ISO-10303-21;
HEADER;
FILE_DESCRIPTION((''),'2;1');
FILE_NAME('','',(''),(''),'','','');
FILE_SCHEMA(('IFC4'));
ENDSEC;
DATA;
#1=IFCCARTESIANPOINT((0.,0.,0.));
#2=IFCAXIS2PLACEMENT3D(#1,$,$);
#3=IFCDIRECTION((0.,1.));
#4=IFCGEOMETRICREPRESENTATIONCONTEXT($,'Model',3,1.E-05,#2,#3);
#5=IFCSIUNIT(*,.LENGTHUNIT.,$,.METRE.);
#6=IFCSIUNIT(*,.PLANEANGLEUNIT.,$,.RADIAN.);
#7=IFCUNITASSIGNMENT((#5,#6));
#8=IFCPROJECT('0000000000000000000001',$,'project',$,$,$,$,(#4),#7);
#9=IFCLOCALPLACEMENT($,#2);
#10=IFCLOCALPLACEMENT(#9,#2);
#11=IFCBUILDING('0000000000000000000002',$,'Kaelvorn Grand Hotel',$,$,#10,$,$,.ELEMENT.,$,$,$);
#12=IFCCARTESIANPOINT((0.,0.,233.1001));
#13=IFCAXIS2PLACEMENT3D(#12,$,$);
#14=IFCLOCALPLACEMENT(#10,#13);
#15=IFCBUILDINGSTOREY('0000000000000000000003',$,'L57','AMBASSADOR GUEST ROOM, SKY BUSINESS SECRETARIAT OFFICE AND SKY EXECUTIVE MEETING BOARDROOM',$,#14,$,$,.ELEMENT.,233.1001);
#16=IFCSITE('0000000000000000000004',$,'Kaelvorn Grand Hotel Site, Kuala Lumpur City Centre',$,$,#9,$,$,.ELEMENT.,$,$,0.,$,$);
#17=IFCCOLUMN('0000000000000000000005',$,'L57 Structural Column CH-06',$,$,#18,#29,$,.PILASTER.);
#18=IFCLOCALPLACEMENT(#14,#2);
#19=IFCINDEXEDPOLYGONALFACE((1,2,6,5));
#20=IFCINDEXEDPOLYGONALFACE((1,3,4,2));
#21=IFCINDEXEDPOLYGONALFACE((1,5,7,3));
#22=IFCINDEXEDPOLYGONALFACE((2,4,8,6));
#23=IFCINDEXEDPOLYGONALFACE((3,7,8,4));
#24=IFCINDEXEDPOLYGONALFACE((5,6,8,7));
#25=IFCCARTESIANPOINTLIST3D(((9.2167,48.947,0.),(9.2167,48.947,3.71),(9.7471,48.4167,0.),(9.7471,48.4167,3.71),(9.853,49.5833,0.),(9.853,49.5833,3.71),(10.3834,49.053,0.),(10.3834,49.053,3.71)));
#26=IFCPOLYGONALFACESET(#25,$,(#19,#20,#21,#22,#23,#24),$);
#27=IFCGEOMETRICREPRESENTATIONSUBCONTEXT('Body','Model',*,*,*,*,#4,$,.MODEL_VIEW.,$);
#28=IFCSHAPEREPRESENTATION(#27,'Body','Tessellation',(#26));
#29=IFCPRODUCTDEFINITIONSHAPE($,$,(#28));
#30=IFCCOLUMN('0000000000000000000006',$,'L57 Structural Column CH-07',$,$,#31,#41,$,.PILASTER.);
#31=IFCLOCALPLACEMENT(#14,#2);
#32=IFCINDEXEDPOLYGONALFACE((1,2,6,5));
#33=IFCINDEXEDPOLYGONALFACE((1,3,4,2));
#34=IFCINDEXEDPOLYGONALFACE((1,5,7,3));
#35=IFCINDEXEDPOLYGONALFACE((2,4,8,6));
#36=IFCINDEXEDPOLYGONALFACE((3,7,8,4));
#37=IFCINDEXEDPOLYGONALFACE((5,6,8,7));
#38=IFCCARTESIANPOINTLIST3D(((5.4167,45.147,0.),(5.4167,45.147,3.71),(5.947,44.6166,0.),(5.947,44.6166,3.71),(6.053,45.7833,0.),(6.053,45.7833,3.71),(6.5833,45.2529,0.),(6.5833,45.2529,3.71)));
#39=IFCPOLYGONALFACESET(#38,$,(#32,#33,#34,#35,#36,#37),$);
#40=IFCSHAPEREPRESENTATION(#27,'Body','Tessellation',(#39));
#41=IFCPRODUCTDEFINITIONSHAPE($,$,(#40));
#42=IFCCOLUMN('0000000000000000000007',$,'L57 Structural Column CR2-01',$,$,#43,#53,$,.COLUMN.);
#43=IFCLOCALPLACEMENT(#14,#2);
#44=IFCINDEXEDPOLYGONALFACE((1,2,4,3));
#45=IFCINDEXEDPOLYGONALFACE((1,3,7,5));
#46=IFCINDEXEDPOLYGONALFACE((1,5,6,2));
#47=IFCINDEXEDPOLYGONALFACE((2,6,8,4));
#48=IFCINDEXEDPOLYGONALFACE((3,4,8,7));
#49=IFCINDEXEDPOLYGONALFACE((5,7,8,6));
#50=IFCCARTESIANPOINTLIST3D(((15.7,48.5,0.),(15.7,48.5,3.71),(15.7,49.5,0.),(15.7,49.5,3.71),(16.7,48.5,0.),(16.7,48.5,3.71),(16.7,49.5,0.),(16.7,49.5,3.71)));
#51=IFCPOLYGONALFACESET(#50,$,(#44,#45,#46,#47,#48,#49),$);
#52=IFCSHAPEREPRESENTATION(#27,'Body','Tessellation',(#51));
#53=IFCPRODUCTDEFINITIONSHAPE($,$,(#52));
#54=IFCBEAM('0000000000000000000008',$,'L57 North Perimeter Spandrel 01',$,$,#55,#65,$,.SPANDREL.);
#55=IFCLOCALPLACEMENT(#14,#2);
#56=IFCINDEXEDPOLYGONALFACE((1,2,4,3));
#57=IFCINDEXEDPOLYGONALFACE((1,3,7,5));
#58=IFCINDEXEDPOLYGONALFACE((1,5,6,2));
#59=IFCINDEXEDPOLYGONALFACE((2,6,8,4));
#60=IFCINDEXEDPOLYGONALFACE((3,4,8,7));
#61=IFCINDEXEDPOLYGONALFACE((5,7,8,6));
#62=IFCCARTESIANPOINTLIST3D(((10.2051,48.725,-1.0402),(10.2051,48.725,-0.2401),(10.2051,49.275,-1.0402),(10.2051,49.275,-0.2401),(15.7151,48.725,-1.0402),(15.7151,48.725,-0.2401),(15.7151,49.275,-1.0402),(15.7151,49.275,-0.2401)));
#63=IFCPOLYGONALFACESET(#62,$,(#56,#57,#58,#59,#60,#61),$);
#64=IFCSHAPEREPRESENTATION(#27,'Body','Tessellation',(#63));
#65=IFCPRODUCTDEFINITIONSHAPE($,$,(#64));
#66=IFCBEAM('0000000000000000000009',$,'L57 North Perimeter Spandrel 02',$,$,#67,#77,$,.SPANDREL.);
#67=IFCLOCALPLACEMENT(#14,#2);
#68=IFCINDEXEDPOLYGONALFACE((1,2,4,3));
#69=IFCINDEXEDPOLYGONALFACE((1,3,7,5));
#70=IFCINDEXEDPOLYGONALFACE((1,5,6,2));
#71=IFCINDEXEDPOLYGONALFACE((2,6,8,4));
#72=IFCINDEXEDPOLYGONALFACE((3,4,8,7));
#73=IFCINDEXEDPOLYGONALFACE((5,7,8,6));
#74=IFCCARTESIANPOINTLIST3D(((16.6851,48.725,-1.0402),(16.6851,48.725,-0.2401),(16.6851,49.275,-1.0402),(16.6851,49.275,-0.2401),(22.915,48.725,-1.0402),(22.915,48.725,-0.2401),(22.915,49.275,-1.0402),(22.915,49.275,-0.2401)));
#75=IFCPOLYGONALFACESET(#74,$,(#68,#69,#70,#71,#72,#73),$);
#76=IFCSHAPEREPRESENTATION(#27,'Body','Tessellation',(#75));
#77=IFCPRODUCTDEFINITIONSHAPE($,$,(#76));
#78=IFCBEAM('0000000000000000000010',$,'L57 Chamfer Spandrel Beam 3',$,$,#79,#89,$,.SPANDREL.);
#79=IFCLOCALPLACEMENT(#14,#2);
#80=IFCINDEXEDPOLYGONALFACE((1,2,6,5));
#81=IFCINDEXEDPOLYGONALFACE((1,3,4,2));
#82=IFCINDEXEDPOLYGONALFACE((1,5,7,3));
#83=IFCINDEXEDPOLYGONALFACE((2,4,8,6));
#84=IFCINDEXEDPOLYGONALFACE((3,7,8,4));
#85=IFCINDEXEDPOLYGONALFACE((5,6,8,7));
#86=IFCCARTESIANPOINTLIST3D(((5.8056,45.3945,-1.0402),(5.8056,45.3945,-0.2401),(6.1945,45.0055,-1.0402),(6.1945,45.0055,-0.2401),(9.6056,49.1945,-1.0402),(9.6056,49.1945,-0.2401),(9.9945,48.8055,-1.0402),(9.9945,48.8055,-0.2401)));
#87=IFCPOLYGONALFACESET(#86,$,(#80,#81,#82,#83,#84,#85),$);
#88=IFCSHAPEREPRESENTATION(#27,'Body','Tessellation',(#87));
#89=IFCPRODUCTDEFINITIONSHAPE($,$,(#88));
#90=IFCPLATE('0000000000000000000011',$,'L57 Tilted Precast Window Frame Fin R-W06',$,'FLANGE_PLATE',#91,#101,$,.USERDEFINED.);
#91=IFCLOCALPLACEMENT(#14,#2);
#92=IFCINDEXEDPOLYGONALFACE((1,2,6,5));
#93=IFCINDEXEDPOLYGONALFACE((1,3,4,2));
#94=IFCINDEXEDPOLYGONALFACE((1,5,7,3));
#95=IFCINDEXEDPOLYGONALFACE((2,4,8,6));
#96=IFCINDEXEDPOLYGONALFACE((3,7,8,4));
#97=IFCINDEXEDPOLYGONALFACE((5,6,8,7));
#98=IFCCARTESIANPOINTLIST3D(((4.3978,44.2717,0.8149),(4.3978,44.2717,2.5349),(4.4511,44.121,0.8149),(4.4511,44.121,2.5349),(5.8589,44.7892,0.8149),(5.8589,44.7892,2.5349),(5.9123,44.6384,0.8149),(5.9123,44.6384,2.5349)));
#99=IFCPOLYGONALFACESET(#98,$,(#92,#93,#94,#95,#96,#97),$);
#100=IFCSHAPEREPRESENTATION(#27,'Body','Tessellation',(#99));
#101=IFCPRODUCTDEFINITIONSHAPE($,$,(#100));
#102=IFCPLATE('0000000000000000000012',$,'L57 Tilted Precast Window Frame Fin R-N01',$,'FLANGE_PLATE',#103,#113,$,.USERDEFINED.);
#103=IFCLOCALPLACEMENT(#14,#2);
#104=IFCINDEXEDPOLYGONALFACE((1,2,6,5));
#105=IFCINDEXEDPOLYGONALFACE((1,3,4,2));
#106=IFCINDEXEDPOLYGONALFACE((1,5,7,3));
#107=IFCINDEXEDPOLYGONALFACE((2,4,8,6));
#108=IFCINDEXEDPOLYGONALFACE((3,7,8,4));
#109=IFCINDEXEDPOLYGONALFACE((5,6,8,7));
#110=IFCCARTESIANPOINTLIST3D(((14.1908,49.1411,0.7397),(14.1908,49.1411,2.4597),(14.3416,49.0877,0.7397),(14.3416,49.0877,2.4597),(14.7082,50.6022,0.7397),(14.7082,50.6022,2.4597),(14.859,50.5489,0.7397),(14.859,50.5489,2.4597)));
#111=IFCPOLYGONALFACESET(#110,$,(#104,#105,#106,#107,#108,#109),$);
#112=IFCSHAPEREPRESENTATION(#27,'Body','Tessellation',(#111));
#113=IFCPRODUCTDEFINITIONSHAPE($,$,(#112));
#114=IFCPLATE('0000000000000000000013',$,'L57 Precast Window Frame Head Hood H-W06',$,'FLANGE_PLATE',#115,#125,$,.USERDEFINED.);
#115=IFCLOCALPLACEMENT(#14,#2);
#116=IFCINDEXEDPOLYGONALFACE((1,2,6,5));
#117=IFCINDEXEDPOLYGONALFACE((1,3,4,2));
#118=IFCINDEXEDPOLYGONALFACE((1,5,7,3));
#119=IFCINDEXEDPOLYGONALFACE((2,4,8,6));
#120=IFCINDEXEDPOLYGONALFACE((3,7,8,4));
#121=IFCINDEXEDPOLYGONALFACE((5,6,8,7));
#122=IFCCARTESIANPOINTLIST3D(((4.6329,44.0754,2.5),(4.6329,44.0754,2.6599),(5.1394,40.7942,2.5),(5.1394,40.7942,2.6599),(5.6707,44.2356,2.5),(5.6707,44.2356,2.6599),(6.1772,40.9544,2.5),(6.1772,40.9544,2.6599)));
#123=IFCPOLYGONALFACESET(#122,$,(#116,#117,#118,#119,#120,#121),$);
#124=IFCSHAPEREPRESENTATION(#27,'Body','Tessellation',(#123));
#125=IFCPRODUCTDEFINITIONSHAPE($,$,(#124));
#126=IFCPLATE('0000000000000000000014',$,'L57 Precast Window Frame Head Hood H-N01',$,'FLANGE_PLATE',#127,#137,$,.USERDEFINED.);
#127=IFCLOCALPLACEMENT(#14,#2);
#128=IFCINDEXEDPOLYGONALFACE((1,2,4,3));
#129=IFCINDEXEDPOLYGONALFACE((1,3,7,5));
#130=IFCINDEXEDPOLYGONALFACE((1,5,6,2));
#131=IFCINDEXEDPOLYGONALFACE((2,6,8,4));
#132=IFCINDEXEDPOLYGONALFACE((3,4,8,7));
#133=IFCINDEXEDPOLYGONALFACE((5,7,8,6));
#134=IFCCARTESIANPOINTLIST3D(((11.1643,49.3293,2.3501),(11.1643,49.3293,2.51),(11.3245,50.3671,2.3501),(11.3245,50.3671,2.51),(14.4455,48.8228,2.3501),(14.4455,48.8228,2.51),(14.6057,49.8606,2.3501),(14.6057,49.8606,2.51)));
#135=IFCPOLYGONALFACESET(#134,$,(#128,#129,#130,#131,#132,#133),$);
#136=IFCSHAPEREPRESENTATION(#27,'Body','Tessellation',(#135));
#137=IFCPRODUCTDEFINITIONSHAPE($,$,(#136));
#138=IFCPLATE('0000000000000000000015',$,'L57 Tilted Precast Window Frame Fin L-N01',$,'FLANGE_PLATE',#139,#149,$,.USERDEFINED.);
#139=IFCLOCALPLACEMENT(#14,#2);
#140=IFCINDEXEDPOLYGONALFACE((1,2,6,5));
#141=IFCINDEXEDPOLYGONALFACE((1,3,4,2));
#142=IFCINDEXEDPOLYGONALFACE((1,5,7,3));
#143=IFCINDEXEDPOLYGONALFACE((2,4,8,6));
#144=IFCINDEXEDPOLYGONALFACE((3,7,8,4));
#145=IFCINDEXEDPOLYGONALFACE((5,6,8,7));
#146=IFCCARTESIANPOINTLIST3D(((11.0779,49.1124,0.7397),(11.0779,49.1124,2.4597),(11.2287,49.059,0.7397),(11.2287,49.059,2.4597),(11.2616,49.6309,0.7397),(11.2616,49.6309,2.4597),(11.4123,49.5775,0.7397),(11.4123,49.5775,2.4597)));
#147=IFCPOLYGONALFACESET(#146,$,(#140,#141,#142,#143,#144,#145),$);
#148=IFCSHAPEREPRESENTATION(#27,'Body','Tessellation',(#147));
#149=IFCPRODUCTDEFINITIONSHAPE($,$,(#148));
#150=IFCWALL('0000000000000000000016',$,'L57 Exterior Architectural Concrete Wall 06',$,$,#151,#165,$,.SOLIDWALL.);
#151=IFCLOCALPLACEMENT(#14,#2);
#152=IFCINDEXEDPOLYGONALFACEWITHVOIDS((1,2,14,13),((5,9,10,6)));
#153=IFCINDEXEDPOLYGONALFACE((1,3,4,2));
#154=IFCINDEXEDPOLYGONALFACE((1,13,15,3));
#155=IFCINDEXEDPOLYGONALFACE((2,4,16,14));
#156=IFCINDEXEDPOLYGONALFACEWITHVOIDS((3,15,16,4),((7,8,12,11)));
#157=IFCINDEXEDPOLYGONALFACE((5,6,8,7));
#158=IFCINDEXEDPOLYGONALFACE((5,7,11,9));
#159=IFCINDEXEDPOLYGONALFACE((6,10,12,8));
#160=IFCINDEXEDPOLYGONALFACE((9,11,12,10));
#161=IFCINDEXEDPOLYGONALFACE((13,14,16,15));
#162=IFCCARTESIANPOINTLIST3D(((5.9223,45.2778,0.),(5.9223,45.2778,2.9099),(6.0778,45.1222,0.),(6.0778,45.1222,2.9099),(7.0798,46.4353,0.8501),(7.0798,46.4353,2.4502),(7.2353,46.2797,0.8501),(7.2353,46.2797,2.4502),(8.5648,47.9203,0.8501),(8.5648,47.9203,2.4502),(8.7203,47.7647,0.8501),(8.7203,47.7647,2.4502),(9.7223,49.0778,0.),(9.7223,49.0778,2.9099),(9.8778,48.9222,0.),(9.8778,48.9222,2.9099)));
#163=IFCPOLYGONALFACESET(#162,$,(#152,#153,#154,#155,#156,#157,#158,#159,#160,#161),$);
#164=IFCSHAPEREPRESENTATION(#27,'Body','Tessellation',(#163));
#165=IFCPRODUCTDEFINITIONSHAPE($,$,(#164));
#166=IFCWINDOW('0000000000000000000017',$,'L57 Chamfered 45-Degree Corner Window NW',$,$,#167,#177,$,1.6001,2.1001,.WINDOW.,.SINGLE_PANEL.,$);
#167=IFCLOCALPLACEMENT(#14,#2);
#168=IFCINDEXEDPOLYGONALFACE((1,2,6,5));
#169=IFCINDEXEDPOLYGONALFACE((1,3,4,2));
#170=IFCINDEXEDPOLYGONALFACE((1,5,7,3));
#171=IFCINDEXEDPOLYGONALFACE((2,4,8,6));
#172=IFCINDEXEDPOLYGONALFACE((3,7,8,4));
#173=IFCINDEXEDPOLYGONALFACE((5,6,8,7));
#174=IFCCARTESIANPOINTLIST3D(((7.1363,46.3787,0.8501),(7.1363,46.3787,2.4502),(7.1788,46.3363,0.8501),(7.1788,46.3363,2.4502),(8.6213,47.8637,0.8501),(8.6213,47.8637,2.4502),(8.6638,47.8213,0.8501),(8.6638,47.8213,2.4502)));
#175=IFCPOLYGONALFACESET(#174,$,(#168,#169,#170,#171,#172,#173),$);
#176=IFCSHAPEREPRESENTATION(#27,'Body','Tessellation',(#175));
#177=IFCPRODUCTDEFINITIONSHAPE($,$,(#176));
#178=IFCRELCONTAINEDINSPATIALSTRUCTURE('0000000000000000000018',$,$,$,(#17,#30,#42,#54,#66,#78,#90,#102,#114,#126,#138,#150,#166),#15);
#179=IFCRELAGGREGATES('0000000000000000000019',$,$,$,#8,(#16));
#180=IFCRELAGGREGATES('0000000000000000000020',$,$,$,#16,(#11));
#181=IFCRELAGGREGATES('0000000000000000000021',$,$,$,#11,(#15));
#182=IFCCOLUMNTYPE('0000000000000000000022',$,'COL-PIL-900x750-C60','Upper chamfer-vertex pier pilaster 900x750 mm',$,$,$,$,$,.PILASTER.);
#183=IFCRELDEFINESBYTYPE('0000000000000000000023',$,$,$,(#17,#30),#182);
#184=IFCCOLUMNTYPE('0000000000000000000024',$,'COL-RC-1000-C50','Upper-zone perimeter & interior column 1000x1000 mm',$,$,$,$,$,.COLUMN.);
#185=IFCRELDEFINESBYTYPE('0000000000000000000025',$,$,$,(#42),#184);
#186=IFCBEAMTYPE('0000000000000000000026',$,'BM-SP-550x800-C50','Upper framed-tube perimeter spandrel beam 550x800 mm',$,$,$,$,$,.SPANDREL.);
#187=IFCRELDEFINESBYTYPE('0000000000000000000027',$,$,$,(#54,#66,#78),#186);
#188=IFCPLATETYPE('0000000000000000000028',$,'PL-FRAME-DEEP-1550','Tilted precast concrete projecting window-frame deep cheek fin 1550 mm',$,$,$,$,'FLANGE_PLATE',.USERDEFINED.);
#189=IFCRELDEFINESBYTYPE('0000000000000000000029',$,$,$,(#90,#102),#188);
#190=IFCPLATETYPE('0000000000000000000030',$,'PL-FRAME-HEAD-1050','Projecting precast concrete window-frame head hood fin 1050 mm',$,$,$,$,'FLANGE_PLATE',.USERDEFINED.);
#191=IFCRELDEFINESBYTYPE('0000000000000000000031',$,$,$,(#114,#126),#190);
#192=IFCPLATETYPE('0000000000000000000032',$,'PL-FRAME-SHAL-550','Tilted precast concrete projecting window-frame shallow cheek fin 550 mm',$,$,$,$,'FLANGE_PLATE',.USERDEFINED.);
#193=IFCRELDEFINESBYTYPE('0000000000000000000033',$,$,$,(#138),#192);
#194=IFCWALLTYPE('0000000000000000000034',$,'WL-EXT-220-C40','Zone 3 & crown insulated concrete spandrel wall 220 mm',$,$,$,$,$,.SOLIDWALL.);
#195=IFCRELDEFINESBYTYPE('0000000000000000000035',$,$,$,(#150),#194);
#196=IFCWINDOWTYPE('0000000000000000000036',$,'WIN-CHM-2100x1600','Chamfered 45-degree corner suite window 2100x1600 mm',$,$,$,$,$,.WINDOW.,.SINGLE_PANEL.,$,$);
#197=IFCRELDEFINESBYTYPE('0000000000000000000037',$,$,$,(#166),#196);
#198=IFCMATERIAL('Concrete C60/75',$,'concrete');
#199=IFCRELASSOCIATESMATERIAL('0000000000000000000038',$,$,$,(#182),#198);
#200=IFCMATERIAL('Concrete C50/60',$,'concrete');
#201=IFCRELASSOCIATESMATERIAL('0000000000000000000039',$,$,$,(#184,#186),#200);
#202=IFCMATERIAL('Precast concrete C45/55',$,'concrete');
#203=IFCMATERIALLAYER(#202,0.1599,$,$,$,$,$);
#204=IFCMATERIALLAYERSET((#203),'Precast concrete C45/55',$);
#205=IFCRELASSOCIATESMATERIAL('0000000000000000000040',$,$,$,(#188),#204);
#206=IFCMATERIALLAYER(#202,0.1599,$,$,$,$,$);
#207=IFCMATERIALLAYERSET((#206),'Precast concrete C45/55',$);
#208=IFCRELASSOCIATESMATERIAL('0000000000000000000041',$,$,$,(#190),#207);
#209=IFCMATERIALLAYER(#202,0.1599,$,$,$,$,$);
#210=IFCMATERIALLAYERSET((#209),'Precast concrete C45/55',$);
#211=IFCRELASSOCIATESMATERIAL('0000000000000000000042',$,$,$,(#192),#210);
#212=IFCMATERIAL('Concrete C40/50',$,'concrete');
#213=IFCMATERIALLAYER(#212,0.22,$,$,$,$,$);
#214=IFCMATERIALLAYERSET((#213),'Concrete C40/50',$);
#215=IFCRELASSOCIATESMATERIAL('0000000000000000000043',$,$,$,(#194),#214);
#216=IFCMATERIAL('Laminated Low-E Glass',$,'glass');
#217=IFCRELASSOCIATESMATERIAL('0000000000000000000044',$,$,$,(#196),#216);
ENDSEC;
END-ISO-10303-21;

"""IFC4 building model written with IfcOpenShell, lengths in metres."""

from ifc_helpers import new_model, si_unit, direction, frame, frame_2d, origin, origin_2d, place, context, subcontext, project, spatial, rectangle, extrude, material, layer, layer_set, material_profile, profile_set, type_object, element, fill, save


model = new_model("IFC4")

# Units and contexts
model_context = context("Model", 3, precision=1e-05, world=origin(), true_north=direction((0.0, 1.0)))
body_context = subcontext(model_context, "Body", "Model", "MODEL_VIEW")
ifc_project = project(units=[si_unit("LENGTHUNIT", "METRE"), si_unit("PLANEANGLEUNIT", "RADIAN")], contexts=[model_context])

# Site, building, storey
site_placement = place(None, origin())
site = spatial("IfcSite", under=ifc_project, at=site_placement, Name="Kaelvorn Grand Hotel Site, Kuala Lumpur City Centre", CompositionType="ELEMENT", RefElevation=0.0)
building_placement = place(site_placement, origin())
building = spatial("IfcBuilding", under=site, at=building_placement, Name="Kaelvorn Grand Hotel", CompositionType="ELEMENT")
storey_placement = place(building_placement, frame((0.0, 0.0, 233.1001)))
storey = spatial("IfcBuildingStorey", under=building, at=storey_placement, Name="L57", Description="AMBASSADOR GUEST ROOM, SKY BUSINESS SECRETARIAT OFFICE AND SKY EXECUTIVE MEETING BOARDROOM", CompositionType="ELEMENT", Elevation=233.1001)

# Columns
ifc_material_1 = material(Name="Concrete C60/75", Category="concrete")
ifc_material_profile_1 = material_profile(ifc_material_1, rectangle(XDim=0.8999, YDim=0.75, at=origin_2d()), Name="RC PILASTER 900x750")
ifc_profile_set_1 = profile_set([ifc_material_profile_1], Name="Concrete C60/75")
column_type_1 = type_object("IfcColumnType", Name="COL-PIL-900x750-C60", Description="Upper chamfer-vertex pier pilaster 900x750 mm", PredefinedType="PILASTER", material=ifc_profile_set_1)
for number, where, z_axis, x_axis, name in (
    (1, (9.8, 49.0, 0.0), (0.0, 0.0, 1.0), (0.707107, 0.707107, 0.0), "L57 Structural Column CH-06"),
    (2, (6.0, 45.2, 0.0), (0.0, 0.0, 1.0), (0.707107, 0.707107, 0.0), "L57 Structural Column CH-07"),
):
    element("IfcColumn", number, at=place(storey_placement, frame(where, z_axis=z_axis, x_axis=x_axis)), inside=storey, type_object=column_type_1, Name=name, PredefinedType="PILASTER", context=body_context, shape_type="SweptSolid", body=[
        extrude(rectangle(XDim=0.8999, YDim=0.75, at=origin_2d()), origin(), (0.0, 0.0, 1.0), 3.71),
    ])
ifc_material_2 = material(Name="Concrete C50/60", Category="concrete")
ifc_material_profile_2 = material_profile(ifc_material_2, rectangle(XDim=1.0, YDim=1.0, at=origin_2d()), Name="RC COL 1000x1000")
ifc_profile_set_2 = profile_set([ifc_material_profile_2], Name="Concrete C50/60")
column_type_2 = type_object("IfcColumnType", Name="COL-RC-1000-C50", Description="Upper-zone perimeter & interior column 1000x1000 mm", PredefinedType="COLUMN", material=ifc_profile_set_2)
column_placement = place(storey_placement, frame((16.2, 49.0, 0.0), z_axis=(0.0, 0.0, 1.0), x_axis=(1.0, 0.0, 0.0)))
element("IfcColumn", 3, at=column_placement, inside=storey, type_object=column_type_2, Name="L57 Structural Column CR2-01", PredefinedType="COLUMN", context=body_context, shape_type="SweptSolid", body=[
    extrude(rectangle(XDim=1.0, YDim=1.0, at=origin_2d()), origin(), (0.0, 0.0, 1.0), 3.71),
])

# Beams
ifc_material_profile_3 = material_profile(ifc_material_2, rectangle(XDim=0.55, YDim=0.8, at=origin_2d()), Name="RC SPANDREL 550x800")
ifc_profile_set_3 = profile_set([ifc_material_profile_3], Name="Concrete C50/60")
beam_type = type_object("IfcBeamType", Name="BM-SP-550x800-C50", Description="Upper framed-tube perimeter spandrel beam 550x800 mm", PredefinedType="SPANDREL", material=ifc_profile_set_3)
beam_1_placement = place(storey_placement, frame((10.2051, 49.0, -0.6401), z_axis=(1.0, 0.0, 0.0), x_axis=(0.0, 1.0, 0.0)))
element("IfcBeam", 4, at=beam_1_placement, inside=storey, type_object=beam_type, Name="L57 North Perimeter Spandrel 01", PredefinedType="SPANDREL", context=body_context, shape_type="SweptSolid", body=[
    extrude(rectangle(XDim=0.55, YDim=0.8, at=origin_2d()), origin(), (0.0, 0.0, 1.0), 5.51),
])
beam_2_placement = place(storey_placement, frame((16.6851, 49.0, -0.6401), z_axis=(1.0, 0.0, 0.0), x_axis=(0.0, 1.0, 0.0)))
element("IfcBeam", 5, at=beam_2_placement, inside=storey, type_object=beam_type, Name="L57 North Perimeter Spandrel 02", PredefinedType="SPANDREL", context=body_context, shape_type="SweptSolid", body=[
    extrude(rectangle(XDim=0.55, YDim=0.8, at=origin_2d()), origin(), (0.0, 0.0, 1.0), 6.23),
])
beam_3_placement = place(storey_placement, frame((9.8, 49.0, -0.6401), z_axis=(-0.707107, -0.707107, 0.0), x_axis=(0.707107, -0.707107, 0.0)))
element("IfcBeam", 6, at=beam_3_placement, inside=storey, type_object=beam_type, Name="L57 Chamfer Spandrel Beam 3", PredefinedType="SPANDREL", context=body_context, shape_type="SweptSolid", body=[
    extrude(rectangle(XDim=0.55, YDim=0.8, at=origin_2d()), origin(), (0.0, 0.0, 1.0), 5.374),
])

# Plates
ifc_material_3 = material(Name="Precast concrete C45/55", Category="concrete")
ifc_layer_1 = layer(ifc_material_3, 0.1599)
ifc_layer_set_1 = layer_set([ifc_layer_1], Name="Precast concrete C45/55")
plate_type_1 = type_object("IfcPlateType", Name="PL-FRAME-DEEP-1550", Description="Tilted precast concrete projecting window-frame deep cheek fin 1550 mm", ElementType="FLANGE_PLATE", PredefinedType="USERDEFINED", material=ifc_layer_set_1)
for number, where, z_axis, x_axis, name in (
    (7, (5.155, 44.4551, 0.8149), (0.0, 0.0, 1.0), (-0.333807, 0.942641, 0.0), "L57 Tilted Precast Window Frame Fin R-W06"),
    (8, (14.5249, 49.845, 0.7397), (0.0, 0.0, 1.0), (0.942641, -0.333807, 0.0), "L57 Tilted Precast Window Frame Fin R-N01"),
):
    element("IfcPlate", number, at=place(storey_placement, frame(where, z_axis=z_axis, x_axis=x_axis)), inside=storey, type_object=plate_type_1, Name=name, ObjectType="FLANGE_PLATE", PredefinedType="USERDEFINED", context=body_context, shape_type="SweptSolid", body=[
        extrude(rectangle(XDim=0.1599, YDim=1.55, at=origin_2d()), origin(), (0.0, 0.0, 1.0), 1.72),
    ])
ifc_layer_2 = layer(ifc_material_3, 0.1599)
ifc_layer_set_2 = layer_set([ifc_layer_2], Name="Precast concrete C45/55")
plate_type_2 = type_object("IfcPlateType", Name="PL-FRAME-HEAD-1050", Description="Projecting precast concrete window-frame head hood fin 1050 mm", ElementType="FLANGE_PLATE", PredefinedType="USERDEFINED", material=ifc_layer_set_2)
for number, where, z_axis, x_axis, name in (
    (9, (5.405, 42.5149, 2.5), (0.0, 0.0, 1.0), (-0.152555, 0.988295, 0.0), "L57 Precast Window Frame Head Hood H-W06"),
    (10, (12.885, 49.595, 2.3501), (0.0, 0.0, 1.0), (0.988295, -0.152555, 0.0), "L57 Precast Window Frame Head Hood H-N01"),
):
    element("IfcPlate", number, at=place(storey_placement, frame(where, z_axis=z_axis, x_axis=x_axis)), inside=storey, type_object=plate_type_2, Name=name, ObjectType="FLANGE_PLATE", PredefinedType="USERDEFINED", context=body_context, shape_type="SweptSolid", body=[
        extrude(rectangle(XDim=3.3201, YDim=1.05, at=origin_2d()), origin(), (0.0, 0.0, 1.0), 0.1599),
    ])
ifc_layer_3 = layer(ifc_material_3, 0.1599)
ifc_layer_set_3 = layer_set([ifc_layer_3], Name="Precast concrete C45/55")
plate_type_3 = type_object("IfcPlateType", Name="PL-FRAME-SHAL-550", Description="Tilted precast concrete projecting window-frame shallow cheek fin 550 mm", ElementType="FLANGE_PLATE", PredefinedType="USERDEFINED", material=ifc_layer_set_3)
plate_placement = place(storey_placement, frame((11.2451, 49.345, 0.7397), z_axis=(0.0, 0.0, 1.0), x_axis=(0.942641, -0.333807, 0.0)))
element("IfcPlate", 11, at=plate_placement, inside=storey, type_object=plate_type_3, Name="L57 Tilted Precast Window Frame Fin L-N01", ObjectType="FLANGE_PLATE", PredefinedType="USERDEFINED", context=body_context, shape_type="SweptSolid", body=[
    extrude(rectangle(XDim=0.1599, YDim=0.55, at=origin_2d()), origin(), (0.0, 0.0, 1.0), 1.72),
])

# Wall, opening, window
ifc_material_4 = material(Name="Concrete C40/50", Category="concrete")
ifc_layer_4 = layer(ifc_material_4, 0.22)
ifc_layer_set_4 = layer_set([ifc_layer_4], Name="Concrete C40/50")
wall_type_1 = type_object("IfcWallType", Name="WL-EXT-220-C40", Description="Zone 3 & crown insulated concrete spandrel wall 220 mm", PredefinedType="SOLIDWALL", material=ifc_layer_set_4)
wall_1_placement = place(storey_placement, frame((9.8, 49.0, 0.0), z_axis=(0.0, 0.0, 1.0), x_axis=(-0.707107, -0.707107, 0.0)))
wall_1 = element("IfcWall", 12, at=wall_1_placement, inside=storey, type_object=wall_type_1, Name="L57 Exterior Architectural Concrete Wall 06", PredefinedType="SOLIDWALL", context=body_context, shape_type="SweptSolid", body=[
    extrude(rectangle(XDim=5.374, YDim=0.22, at=frame_2d((2.687, 0.0))), origin(), (0.0, 0.0, 1.0), 2.9099),
])
opening_1_placement = place(wall_1_placement, frame((1.637, 0.0, 0.8501)))
opening_1 = element("IfcOpeningElement", 13, at=opening_1_placement, cuts=wall_1, PredefinedType="OPENING", context=body_context, shape_type="SweptSolid", body=[
    extrude(rectangle(XDim=2.1001, YDim=1.6001, at=frame_2d((1.05, 0.8))), frame((0.0, 0.1201, 0.0), z_axis=(0.0, -1.0, 0.0), x_axis=(1.0, 0.0, 0.0)), (0.0, 0.0, 1.0), 0.24),
])
ifc_material_5 = material(Name="Laminated Low-E Glass", Category="glass")
window_type_1 = type_object("IfcWindowType", Name="WIN-CHM-2100x1600", Description="Chamfered 45-degree corner suite window 2100x1600 mm", PartitioningType="SINGLE_PANEL", PredefinedType="WINDOW", material=ifc_material_5)
window_1_placement = place(opening_1_placement, origin())
window_1 = element("IfcWindow", 14, at=window_1_placement, inside=storey, type_object=window_type_1, Name="L57 Chamfered 45-Degree Corner Window NW", OverallHeight=1.6001, OverallWidth=2.1001, PartitioningType="SINGLE_PANEL", PredefinedType="WINDOW", context=body_context, shape_type="SweptSolid", body=[
    extrude(rectangle(XDim=2.1001, YDim=1.6001, at=frame_2d((1.05, 0.8))), frame((0.0, 0.03, 0.0), z_axis=(0.0, -1.0, 0.0), x_axis=(1.0, 0.0, 0.0)), (0.0, 0.0, 1.0), 0.0601),
])
fill(opening_1, window_1)

save(model, "model.ifc")
